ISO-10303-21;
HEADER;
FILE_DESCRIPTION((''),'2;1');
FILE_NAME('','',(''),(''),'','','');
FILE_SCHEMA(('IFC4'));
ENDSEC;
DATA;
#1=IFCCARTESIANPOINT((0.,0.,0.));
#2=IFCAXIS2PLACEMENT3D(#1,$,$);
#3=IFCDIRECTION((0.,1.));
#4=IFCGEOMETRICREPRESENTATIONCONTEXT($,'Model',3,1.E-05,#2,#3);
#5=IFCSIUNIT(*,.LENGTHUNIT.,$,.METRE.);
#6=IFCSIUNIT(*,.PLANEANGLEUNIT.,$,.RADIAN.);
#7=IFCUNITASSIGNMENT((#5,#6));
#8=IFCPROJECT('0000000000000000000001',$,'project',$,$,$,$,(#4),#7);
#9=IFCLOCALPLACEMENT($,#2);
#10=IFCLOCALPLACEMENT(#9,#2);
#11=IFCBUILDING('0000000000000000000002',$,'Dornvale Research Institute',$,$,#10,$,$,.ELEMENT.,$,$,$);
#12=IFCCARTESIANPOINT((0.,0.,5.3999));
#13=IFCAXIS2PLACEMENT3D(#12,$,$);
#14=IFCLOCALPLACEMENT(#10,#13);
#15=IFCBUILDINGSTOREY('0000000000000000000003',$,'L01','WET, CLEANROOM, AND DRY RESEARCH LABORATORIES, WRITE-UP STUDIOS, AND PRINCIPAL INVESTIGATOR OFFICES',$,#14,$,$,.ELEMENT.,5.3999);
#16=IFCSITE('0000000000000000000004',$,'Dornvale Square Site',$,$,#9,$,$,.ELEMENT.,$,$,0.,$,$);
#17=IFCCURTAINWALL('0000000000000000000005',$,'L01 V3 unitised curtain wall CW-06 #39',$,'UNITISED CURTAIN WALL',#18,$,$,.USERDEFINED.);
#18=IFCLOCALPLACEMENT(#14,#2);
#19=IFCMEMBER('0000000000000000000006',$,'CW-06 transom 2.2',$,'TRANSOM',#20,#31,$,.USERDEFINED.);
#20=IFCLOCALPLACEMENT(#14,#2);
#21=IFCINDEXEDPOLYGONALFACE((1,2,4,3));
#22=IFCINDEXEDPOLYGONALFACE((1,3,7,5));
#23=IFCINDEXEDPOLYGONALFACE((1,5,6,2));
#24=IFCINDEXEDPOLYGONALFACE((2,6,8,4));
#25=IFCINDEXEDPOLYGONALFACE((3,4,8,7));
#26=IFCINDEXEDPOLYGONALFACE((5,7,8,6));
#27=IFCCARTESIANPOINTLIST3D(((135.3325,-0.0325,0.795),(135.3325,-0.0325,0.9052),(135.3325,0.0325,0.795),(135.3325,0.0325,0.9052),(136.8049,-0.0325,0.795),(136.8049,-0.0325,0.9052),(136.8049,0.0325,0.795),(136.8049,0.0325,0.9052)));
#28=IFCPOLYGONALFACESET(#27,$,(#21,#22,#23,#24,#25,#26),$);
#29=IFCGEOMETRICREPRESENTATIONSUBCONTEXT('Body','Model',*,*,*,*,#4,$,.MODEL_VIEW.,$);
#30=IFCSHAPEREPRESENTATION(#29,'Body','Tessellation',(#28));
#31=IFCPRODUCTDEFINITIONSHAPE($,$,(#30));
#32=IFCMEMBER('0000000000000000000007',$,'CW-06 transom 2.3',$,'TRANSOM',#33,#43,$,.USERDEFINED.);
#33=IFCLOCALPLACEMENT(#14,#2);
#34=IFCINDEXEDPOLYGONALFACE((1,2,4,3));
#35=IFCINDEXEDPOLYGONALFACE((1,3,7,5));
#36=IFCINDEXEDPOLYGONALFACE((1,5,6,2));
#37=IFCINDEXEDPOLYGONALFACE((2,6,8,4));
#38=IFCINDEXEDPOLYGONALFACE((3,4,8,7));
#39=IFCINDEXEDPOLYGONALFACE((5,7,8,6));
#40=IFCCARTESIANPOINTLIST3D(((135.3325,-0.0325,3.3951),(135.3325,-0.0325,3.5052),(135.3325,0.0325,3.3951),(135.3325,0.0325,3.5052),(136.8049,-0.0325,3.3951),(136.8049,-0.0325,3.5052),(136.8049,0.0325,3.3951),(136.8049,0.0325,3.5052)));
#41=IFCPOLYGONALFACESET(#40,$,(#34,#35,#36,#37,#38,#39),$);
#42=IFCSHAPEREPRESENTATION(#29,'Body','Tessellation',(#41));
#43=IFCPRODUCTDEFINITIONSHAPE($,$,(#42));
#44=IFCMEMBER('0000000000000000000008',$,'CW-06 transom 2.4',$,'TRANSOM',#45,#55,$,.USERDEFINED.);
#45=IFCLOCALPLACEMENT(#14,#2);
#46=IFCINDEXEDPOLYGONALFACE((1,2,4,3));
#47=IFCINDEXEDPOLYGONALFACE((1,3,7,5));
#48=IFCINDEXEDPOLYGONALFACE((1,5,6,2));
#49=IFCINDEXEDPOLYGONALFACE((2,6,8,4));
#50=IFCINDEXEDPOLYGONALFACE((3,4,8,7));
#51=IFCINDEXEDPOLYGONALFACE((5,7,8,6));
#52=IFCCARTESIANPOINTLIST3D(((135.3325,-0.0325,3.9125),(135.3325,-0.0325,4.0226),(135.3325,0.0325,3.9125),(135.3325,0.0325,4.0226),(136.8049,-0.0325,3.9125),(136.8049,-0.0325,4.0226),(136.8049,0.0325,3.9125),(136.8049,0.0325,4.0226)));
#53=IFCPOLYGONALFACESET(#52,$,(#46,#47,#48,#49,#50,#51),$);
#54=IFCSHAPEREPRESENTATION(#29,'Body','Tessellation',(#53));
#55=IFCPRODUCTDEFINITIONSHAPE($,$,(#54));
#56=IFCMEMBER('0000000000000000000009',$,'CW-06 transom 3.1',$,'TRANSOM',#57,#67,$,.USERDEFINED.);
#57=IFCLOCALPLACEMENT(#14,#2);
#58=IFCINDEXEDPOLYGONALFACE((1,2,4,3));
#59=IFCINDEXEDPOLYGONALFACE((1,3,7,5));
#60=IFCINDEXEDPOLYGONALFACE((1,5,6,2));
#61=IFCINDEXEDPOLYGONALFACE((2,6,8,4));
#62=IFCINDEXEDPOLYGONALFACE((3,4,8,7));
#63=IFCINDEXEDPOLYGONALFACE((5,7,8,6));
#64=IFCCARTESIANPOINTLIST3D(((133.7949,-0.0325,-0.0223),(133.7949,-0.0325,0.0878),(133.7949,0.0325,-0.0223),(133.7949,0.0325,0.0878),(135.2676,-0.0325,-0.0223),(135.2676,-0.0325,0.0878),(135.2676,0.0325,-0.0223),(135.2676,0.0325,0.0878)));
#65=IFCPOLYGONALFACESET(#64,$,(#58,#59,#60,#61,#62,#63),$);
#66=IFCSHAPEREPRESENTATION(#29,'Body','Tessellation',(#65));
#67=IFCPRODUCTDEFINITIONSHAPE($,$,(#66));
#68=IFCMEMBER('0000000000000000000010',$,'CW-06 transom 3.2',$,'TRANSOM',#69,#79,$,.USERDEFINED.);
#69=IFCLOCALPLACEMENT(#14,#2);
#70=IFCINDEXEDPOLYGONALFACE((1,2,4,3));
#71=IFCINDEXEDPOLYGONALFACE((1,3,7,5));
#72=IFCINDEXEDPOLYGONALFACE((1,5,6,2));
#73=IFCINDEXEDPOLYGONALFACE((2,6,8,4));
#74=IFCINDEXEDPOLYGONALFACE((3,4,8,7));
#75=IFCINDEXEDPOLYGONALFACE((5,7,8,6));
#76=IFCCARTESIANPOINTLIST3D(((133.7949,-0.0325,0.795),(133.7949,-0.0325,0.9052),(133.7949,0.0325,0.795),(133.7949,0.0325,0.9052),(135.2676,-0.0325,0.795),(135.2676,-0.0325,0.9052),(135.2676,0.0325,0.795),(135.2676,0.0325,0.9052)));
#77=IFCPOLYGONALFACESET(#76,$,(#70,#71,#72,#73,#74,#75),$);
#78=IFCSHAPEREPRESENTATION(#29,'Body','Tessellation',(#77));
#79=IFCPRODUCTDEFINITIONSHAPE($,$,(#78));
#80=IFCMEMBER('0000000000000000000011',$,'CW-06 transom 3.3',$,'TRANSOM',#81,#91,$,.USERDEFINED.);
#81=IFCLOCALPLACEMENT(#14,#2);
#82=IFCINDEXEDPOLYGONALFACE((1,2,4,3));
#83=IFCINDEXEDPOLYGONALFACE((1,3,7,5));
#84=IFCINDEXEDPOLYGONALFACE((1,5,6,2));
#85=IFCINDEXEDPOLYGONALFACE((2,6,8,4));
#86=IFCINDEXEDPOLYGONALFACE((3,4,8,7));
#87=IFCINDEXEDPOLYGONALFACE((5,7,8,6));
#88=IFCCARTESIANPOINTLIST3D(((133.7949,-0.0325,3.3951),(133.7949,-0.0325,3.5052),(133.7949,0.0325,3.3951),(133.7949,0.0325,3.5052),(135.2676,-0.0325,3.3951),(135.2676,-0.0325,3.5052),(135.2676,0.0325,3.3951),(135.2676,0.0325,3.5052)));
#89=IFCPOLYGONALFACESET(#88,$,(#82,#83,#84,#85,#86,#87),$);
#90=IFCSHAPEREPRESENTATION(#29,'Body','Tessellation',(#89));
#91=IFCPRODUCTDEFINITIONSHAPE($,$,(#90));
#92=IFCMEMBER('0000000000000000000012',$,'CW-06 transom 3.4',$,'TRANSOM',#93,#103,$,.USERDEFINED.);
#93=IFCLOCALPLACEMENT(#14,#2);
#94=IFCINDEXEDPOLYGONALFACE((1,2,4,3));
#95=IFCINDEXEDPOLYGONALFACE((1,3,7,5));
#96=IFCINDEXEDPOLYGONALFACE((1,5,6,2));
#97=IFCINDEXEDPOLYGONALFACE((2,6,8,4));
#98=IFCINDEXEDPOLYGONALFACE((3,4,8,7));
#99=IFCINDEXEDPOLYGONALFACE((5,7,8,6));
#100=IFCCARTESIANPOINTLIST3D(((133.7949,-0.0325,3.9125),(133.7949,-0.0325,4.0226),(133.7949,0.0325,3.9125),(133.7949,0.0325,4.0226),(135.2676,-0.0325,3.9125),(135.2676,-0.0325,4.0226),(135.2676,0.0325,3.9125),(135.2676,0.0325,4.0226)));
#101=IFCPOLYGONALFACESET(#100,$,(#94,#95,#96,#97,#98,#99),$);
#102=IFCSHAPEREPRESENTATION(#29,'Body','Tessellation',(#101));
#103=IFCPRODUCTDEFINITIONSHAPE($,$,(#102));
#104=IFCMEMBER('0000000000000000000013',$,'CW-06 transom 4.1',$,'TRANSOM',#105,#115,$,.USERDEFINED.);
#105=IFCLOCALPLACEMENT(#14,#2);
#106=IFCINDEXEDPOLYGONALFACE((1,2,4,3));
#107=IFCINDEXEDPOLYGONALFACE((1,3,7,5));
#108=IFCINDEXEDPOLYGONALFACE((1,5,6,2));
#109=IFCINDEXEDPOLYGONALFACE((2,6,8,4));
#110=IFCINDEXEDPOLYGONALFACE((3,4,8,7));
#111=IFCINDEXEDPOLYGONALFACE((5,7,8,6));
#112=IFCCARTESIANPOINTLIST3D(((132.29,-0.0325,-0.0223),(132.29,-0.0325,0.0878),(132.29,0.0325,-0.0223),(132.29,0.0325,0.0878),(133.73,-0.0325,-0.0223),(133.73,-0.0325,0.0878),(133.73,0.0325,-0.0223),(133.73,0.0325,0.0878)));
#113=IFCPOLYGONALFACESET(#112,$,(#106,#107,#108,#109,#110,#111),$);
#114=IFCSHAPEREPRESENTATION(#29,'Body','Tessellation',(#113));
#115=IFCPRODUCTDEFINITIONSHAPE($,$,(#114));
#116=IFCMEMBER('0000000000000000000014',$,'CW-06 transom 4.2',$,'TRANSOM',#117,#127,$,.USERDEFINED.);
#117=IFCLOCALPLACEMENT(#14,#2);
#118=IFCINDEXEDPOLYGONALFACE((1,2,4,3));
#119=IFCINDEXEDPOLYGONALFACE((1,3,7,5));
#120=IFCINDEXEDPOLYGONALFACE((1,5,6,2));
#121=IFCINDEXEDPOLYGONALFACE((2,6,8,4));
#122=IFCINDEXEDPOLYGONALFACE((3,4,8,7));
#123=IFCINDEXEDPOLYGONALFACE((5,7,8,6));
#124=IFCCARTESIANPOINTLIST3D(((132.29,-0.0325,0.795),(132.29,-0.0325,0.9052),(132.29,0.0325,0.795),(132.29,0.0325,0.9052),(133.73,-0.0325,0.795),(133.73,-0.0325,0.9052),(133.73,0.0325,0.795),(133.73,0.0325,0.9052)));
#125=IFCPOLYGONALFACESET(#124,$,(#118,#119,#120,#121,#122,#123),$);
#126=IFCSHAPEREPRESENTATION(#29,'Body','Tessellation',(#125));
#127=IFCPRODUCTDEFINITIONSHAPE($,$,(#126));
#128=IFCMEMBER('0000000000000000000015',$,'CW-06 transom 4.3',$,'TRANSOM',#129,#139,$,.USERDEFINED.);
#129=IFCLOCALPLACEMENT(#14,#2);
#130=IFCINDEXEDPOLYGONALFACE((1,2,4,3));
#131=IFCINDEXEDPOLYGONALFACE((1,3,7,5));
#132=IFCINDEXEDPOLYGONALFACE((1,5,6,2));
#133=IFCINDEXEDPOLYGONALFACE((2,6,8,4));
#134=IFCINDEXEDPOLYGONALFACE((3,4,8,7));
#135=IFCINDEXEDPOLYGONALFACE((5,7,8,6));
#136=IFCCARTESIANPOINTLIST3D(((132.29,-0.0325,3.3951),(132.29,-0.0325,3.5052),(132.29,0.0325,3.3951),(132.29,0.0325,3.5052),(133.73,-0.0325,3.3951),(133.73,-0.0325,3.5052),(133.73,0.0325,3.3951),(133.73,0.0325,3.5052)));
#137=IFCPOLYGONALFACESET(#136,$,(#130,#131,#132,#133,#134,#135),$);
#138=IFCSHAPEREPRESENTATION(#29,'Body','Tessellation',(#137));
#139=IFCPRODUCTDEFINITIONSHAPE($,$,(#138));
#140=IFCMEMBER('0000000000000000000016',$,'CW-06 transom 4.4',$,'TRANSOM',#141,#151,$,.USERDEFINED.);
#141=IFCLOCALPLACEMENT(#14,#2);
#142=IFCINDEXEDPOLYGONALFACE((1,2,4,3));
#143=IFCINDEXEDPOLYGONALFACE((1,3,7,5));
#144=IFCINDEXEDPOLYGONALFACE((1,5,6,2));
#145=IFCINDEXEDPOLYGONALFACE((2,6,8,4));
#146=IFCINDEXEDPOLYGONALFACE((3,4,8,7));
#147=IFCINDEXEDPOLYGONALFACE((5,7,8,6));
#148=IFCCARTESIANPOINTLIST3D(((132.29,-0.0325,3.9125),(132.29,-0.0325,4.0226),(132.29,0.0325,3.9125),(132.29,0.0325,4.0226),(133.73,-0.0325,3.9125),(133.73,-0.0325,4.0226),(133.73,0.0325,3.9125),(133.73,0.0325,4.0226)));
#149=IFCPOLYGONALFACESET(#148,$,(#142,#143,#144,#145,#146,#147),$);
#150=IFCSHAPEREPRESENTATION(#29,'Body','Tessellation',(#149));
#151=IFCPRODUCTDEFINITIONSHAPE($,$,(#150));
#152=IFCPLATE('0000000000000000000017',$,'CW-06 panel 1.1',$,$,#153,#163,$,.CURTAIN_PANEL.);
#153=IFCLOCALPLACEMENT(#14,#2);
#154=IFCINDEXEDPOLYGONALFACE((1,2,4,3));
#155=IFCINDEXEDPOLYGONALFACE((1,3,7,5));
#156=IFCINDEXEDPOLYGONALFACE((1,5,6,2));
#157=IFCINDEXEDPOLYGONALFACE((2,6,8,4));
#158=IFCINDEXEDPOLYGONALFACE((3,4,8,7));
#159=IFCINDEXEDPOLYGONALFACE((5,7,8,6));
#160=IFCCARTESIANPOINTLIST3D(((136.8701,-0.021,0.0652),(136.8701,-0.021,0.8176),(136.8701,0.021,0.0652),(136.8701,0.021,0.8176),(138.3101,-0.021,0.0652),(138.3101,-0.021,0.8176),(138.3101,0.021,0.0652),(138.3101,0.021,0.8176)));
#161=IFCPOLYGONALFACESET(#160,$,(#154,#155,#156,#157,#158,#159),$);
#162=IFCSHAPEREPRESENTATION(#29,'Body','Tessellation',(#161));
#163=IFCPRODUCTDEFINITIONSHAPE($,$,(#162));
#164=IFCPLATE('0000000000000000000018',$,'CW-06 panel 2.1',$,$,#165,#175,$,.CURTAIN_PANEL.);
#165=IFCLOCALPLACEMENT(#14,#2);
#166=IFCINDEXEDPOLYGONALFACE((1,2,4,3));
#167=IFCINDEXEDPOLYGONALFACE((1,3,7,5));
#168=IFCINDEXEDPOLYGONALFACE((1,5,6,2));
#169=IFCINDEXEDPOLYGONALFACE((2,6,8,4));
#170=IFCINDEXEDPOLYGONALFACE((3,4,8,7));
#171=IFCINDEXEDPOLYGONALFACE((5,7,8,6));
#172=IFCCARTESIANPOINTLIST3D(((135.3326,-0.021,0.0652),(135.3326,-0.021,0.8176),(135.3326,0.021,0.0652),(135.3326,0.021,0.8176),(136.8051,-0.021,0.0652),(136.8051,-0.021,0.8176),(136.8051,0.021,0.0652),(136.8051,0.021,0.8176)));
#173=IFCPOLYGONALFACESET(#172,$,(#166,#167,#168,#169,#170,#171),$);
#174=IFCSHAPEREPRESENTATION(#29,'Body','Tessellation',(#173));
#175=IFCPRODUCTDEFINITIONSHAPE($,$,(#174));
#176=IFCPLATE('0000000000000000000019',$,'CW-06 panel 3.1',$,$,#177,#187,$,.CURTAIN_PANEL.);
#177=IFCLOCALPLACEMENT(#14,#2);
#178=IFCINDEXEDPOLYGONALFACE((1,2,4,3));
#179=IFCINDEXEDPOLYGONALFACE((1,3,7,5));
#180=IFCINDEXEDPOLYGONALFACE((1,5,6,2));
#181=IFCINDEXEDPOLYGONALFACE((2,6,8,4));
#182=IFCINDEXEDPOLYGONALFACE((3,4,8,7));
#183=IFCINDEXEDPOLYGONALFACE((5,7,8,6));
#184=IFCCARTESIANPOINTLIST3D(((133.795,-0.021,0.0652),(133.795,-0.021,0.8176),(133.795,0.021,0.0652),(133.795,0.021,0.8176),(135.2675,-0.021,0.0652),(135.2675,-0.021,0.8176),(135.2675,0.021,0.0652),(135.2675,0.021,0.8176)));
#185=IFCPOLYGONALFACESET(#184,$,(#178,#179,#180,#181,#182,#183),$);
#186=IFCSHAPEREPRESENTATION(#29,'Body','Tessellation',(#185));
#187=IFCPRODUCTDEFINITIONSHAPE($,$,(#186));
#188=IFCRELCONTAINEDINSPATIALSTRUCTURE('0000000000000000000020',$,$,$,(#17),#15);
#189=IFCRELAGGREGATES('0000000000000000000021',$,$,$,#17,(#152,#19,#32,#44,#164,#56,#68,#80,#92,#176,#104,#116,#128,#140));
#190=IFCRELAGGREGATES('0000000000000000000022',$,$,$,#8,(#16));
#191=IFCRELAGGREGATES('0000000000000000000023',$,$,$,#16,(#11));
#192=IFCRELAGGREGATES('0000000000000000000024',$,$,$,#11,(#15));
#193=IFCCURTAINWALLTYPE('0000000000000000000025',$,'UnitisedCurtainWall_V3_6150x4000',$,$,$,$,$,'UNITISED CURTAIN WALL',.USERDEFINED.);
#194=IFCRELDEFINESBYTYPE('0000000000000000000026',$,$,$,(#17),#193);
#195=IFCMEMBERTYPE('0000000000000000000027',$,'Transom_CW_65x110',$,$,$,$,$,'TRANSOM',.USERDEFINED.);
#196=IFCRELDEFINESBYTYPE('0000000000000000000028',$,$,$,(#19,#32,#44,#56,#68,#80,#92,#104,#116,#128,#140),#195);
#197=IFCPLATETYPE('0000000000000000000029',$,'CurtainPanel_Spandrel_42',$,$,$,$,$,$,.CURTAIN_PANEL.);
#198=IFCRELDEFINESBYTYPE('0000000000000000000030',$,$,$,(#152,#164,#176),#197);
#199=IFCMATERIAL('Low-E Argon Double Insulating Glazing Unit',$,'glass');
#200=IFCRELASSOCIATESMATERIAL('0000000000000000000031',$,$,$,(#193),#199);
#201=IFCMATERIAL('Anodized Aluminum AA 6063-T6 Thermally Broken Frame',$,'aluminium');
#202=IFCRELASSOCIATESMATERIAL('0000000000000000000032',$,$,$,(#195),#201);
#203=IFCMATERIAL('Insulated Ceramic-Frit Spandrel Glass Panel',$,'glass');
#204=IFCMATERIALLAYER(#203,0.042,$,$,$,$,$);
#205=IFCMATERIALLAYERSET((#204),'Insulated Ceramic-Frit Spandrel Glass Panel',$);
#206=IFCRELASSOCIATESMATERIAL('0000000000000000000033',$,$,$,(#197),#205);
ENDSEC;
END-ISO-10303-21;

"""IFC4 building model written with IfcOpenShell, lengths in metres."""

from ifc_helpers import new_model, si_unit, direction, frame, origin, origin_2d, place, context, subcontext, project, spatial, rectangle, extrude, material, layer, layer_set, material_profile, profile_set, type_object, element, aggregate, save


model = new_model("IFC4")

# Units and contexts
model_context = context("Model", 3, precision=1e-05, world=origin(), true_north=direction((0.0, 1.0)))
body_context = subcontext(model_context, "Body", "Model", "MODEL_VIEW")
ifc_project = project(units=[si_unit("LENGTHUNIT", "METRE"), si_unit("PLANEANGLEUNIT", "RADIAN")], contexts=[model_context])

# Site, building, storey
site_placement = place(None, origin())
site = spatial("IfcSite", under=ifc_project, at=site_placement, Name="Dornvale Square Site", CompositionType="ELEMENT", RefElevation=0.0)
building_placement = place(site_placement, origin())
building = spatial("IfcBuilding", under=site, at=building_placement, Name="Dornvale Research Institute", CompositionType="ELEMENT")
storey_placement = place(building_placement, frame((0.0, 0.0, 5.3999)))
storey = spatial("IfcBuildingStorey", under=building, at=storey_placement, Name="L01", Description="WET, CLEANROOM, AND DRY RESEARCH LABORATORIES, WRITE-UP STUDIOS, AND PRINCIPAL INVESTIGATOR OFFICES", CompositionType="ELEMENT", Elevation=5.3999)

# Curtain wall
ifc_material_1 = material(Name="Low-E Argon Double Insulating Glazing Unit", Category="glass")
curtain_wall_type = type_object("IfcCurtainWallType", Name="UnitisedCurtainWall_V3_6150x4000", ElementType="UNITISED CURTAIN WALL", PredefinedType="USERDEFINED", material=ifc_material_1)
curtain_wall_placement = place(storey_placement, origin())
curtain_wall = element("IfcCurtainWall", 1, at=curtain_wall_placement, inside=storey, type_object=curtain_wall_type, Name="L01 V3 unitised curtain wall CW-06 #39", ObjectType="UNITISED CURTAIN WALL", PredefinedType="USERDEFINED")

# Members
ifc_material_2 = material(Name="Anodized Aluminum AA 6063-T6 Thermally Broken Frame", Category="aluminium")
ifc_material_profile_1 = material_profile(ifc_material_2, rectangle(XDim=0.0649, YDim=0.1101, at=origin_2d()), Name="ALU TRANSOM 65x110")
ifc_profile_set_1 = profile_set([ifc_material_profile_1], Name="Anodized Aluminum AA 6063-T6 Thermally Broken Frame")
member_type_1 = type_object("IfcMemberType", Name="Transom_CW_65x110", ElementType="TRANSOM", PredefinedType="USERDEFINED", material=ifc_profile_set_1)
member_1_placement = place(storey_placement, frame((136.8049, 0.0, 0.8501), z_axis=(-1.0, 0.0, 0.0), x_axis=(0.0, -1.0, 0.0)))
member_1 = element("IfcMember", 2, at=member_1_placement, type_object=member_type_1, Name="CW-06 transom 2.2", ObjectType="TRANSOM", PredefinedType="USERDEFINED", context=body_context, shape_type="SweptSolid", body=[
    extrude(rectangle(XDim=0.0649, YDim=0.1101, at=origin_2d()), origin(), (0.0, 0.0, 1.0), 1.4724),
])
member_2_placement = place(storey_placement, frame((136.8049, 0.0, 3.4502), z_axis=(-1.0, 0.0, 0.0), x_axis=(0.0, -1.0, 0.0)))
member_2 = element("IfcMember", 3, at=member_2_placement, type_object=member_type_1, Name="CW-06 transom 2.3", ObjectType="TRANSOM", PredefinedType="USERDEFINED", context=body_context, shape_type="SweptSolid", body=[
    extrude(rectangle(XDim=0.0649, YDim=0.1101, at=origin_2d()), origin(), (0.0, 0.0, 1.0), 1.4724),
])
member_3_placement = place(storey_placement, frame((136.8049, 0.0, 3.9675), z_axis=(-1.0, 0.0, 0.0), x_axis=(0.0, -1.0, 0.0)))
member_3 = element("IfcMember", 4, at=member_3_placement, type_object=member_type_1, Name="CW-06 transom 2.4", ObjectType="TRANSOM", PredefinedType="USERDEFINED", context=body_context, shape_type="SweptSolid", body=[
    extrude(rectangle(XDim=0.0649, YDim=0.1101, at=origin_2d()), origin(), (0.0, 0.0, 1.0), 1.4724),
])
member_4_placement = place(storey_placement, frame((135.2676, 0.0, 0.0327), z_axis=(-1.0, 0.0, 0.0), x_axis=(0.0, -1.0, 0.0)))
member_4 = element("IfcMember", 5, at=member_4_placement, type_object=member_type_1, Name="CW-06 transom 3.1", ObjectType="TRANSOM", PredefinedType="USERDEFINED", context=body_context, shape_type="SweptSolid", body=[
    extrude(rectangle(XDim=0.0649, YDim=0.1101, at=origin_2d()), origin(), (0.0, 0.0, 1.0), 1.4727),
])
member_5_placement = place(storey_placement, frame((135.2676, 0.0, 0.8501), z_axis=(-1.0, 0.0, 0.0), x_axis=(0.0, -1.0, 0.0)))
member_5 = element("IfcMember", 6, at=member_5_placement, type_object=member_type_1, Name="CW-06 transom 3.2", ObjectType="TRANSOM", PredefinedType="USERDEFINED", context=body_context, shape_type="SweptSolid", body=[
    extrude(rectangle(XDim=0.0649, YDim=0.1101, at=origin_2d()), origin(), (0.0, 0.0, 1.0), 1.4727),
])
member_6_placement = place(storey_placement, frame((135.2676, 0.0, 3.4502), z_axis=(-1.0, 0.0, 0.0), x_axis=(0.0, -1.0, 0.0)))
member_6 = element("IfcMember", 7, at=member_6_placement, type_object=member_type_1, Name="CW-06 transom 3.3", ObjectType="TRANSOM", PredefinedType="USERDEFINED", context=body_context, shape_type="SweptSolid", body=[
    extrude(rectangle(XDim=0.0649, YDim=0.1101, at=origin_2d()), origin(), (0.0, 0.0, 1.0), 1.4727),
])
member_7_placement = place(storey_placement, frame((135.2676, 0.0, 3.9675), z_axis=(-1.0, 0.0, 0.0), x_axis=(0.0, -1.0, 0.0)))
member_7 = element("IfcMember", 8, at=member_7_placement, type_object=member_type_1, Name="CW-06 transom 3.4", ObjectType="TRANSOM", PredefinedType="USERDEFINED", context=body_context, shape_type="SweptSolid", body=[
    extrude(rectangle(XDim=0.0649, YDim=0.1101, at=origin_2d()), origin(), (0.0, 0.0, 1.0), 1.4727),
])
member_8_placement = place(storey_placement, frame((133.73, 0.0, 0.0327), z_axis=(-1.0, 0.0, 0.0), x_axis=(0.0, -1.0, 0.0)))
member_8 = element("IfcMember", 9, at=member_8_placement, type_object=member_type_1, Name="CW-06 transom 4.1", ObjectType="TRANSOM", PredefinedType="USERDEFINED", context=body_context, shape_type="SweptSolid", body=[
    extrude(rectangle(XDim=0.0649, YDim=0.1101, at=origin_2d()), origin(), (0.0, 0.0, 1.0), 1.4399),
])
member_9_placement = place(storey_placement, frame((133.73, 0.0, 0.8501), z_axis=(-1.0, 0.0, 0.0), x_axis=(0.0, -1.0, 0.0)))
member_9 = element("IfcMember", 10, at=member_9_placement, type_object=member_type_1, Name="CW-06 transom 4.2", ObjectType="TRANSOM", PredefinedType="USERDEFINED", context=body_context, shape_type="SweptSolid", body=[
    extrude(rectangle(XDim=0.0649, YDim=0.1101, at=origin_2d()), origin(), (0.0, 0.0, 1.0), 1.4399),
])
member_10_placement = place(storey_placement, frame((133.73, 0.0, 3.4502), z_axis=(-1.0, 0.0, 0.0), x_axis=(0.0, -1.0, 0.0)))
member_10 = element("IfcMember", 11, at=member_10_placement, type_object=member_type_1, Name="CW-06 transom 4.3", ObjectType="TRANSOM", PredefinedType="USERDEFINED", context=body_context, shape_type="SweptSolid", body=[
    extrude(rectangle(XDim=0.0649, YDim=0.1101, at=origin_2d()), origin(), (0.0, 0.0, 1.0), 1.4399),
])
member_11_placement = place(storey_placement, frame((133.73, 0.0, 3.9675), z_axis=(-1.0, 0.0, 0.0), x_axis=(0.0, -1.0, 0.0)))
member_11 = element("IfcMember", 12, at=member_11_placement, type_object=member_type_1, Name="CW-06 transom 4.4", ObjectType="TRANSOM", PredefinedType="USERDEFINED", context=body_context, shape_type="SweptSolid", body=[
    extrude(rectangle(XDim=0.0649, YDim=0.1101, at=origin_2d()), origin(), (0.0, 0.0, 1.0), 1.4399),
])

# Plates
ifc_material_3 = material(Name="Insulated Ceramic-Frit Spandrel Glass Panel", Category="glass")
ifc_layer_1 = layer(ifc_material_3, 0.042)
ifc_layer_set_1 = layer_set([ifc_layer_1], Name="Insulated Ceramic-Frit Spandrel Glass Panel")
plate_type_1 = type_object("IfcPlateType", Name="CurtainPanel_Spandrel_42", PredefinedType="CURTAIN_PANEL", material=ifc_layer_set_1)
plate_1_placement = place(storey_placement, frame((137.5901, 0.0, 0.0652), z_axis=(0.0, 0.0, 1.0), x_axis=(-1.0, 0.0, 0.0)))
plate_1 = element("IfcPlate", 13, at=plate_1_placement, type_object=plate_type_1, Name="CW-06 panel 1.1", PredefinedType="CURTAIN_PANEL", context=body_context, shape_type="SweptSolid", body=[
    extrude(rectangle(XDim=1.4399, YDim=0.042, at=origin_2d()), origin(), (0.0, 0.0, 1.0), 0.7524),
])
plate_2_placement = place(storey_placement, frame((136.0688, 0.0, 0.0652), z_axis=(0.0, 0.0, 1.0), x_axis=(-1.0, 0.0, 0.0)))
plate_2 = element("IfcPlate", 14, at=plate_2_placement, type_object=plate_type_1, Name="CW-06 panel 2.1", PredefinedType="CURTAIN_PANEL", context=body_context, shape_type="SweptSolid", body=[
    extrude(rectangle(XDim=1.4724, YDim=0.042, at=origin_2d()), origin(), (0.0, 0.0, 1.0), 0.7524),
])
plate_3_placement = place(storey_placement, frame((134.5312, 0.0, 0.0652), z_axis=(0.0, 0.0, 1.0), x_axis=(-1.0, 0.0, 0.0)))
plate_3 = element("IfcPlate", 15, at=plate_3_placement, type_object=plate_type_1, Name="CW-06 panel 3.1", PredefinedType="CURTAIN_PANEL", context=body_context, shape_type="SweptSolid", body=[
    extrude(rectangle(XDim=1.4724, YDim=0.042, at=origin_2d()), origin(), (0.0, 0.0, 1.0), 0.7524),
])
aggregate(curtain_wall, [plate_1, member_1, member_2, member_3, plate_2, member_4, member_5, member_6, member_7, plate_3, member_8, member_9, member_10, member_11])

save(model, "model.ifc")
